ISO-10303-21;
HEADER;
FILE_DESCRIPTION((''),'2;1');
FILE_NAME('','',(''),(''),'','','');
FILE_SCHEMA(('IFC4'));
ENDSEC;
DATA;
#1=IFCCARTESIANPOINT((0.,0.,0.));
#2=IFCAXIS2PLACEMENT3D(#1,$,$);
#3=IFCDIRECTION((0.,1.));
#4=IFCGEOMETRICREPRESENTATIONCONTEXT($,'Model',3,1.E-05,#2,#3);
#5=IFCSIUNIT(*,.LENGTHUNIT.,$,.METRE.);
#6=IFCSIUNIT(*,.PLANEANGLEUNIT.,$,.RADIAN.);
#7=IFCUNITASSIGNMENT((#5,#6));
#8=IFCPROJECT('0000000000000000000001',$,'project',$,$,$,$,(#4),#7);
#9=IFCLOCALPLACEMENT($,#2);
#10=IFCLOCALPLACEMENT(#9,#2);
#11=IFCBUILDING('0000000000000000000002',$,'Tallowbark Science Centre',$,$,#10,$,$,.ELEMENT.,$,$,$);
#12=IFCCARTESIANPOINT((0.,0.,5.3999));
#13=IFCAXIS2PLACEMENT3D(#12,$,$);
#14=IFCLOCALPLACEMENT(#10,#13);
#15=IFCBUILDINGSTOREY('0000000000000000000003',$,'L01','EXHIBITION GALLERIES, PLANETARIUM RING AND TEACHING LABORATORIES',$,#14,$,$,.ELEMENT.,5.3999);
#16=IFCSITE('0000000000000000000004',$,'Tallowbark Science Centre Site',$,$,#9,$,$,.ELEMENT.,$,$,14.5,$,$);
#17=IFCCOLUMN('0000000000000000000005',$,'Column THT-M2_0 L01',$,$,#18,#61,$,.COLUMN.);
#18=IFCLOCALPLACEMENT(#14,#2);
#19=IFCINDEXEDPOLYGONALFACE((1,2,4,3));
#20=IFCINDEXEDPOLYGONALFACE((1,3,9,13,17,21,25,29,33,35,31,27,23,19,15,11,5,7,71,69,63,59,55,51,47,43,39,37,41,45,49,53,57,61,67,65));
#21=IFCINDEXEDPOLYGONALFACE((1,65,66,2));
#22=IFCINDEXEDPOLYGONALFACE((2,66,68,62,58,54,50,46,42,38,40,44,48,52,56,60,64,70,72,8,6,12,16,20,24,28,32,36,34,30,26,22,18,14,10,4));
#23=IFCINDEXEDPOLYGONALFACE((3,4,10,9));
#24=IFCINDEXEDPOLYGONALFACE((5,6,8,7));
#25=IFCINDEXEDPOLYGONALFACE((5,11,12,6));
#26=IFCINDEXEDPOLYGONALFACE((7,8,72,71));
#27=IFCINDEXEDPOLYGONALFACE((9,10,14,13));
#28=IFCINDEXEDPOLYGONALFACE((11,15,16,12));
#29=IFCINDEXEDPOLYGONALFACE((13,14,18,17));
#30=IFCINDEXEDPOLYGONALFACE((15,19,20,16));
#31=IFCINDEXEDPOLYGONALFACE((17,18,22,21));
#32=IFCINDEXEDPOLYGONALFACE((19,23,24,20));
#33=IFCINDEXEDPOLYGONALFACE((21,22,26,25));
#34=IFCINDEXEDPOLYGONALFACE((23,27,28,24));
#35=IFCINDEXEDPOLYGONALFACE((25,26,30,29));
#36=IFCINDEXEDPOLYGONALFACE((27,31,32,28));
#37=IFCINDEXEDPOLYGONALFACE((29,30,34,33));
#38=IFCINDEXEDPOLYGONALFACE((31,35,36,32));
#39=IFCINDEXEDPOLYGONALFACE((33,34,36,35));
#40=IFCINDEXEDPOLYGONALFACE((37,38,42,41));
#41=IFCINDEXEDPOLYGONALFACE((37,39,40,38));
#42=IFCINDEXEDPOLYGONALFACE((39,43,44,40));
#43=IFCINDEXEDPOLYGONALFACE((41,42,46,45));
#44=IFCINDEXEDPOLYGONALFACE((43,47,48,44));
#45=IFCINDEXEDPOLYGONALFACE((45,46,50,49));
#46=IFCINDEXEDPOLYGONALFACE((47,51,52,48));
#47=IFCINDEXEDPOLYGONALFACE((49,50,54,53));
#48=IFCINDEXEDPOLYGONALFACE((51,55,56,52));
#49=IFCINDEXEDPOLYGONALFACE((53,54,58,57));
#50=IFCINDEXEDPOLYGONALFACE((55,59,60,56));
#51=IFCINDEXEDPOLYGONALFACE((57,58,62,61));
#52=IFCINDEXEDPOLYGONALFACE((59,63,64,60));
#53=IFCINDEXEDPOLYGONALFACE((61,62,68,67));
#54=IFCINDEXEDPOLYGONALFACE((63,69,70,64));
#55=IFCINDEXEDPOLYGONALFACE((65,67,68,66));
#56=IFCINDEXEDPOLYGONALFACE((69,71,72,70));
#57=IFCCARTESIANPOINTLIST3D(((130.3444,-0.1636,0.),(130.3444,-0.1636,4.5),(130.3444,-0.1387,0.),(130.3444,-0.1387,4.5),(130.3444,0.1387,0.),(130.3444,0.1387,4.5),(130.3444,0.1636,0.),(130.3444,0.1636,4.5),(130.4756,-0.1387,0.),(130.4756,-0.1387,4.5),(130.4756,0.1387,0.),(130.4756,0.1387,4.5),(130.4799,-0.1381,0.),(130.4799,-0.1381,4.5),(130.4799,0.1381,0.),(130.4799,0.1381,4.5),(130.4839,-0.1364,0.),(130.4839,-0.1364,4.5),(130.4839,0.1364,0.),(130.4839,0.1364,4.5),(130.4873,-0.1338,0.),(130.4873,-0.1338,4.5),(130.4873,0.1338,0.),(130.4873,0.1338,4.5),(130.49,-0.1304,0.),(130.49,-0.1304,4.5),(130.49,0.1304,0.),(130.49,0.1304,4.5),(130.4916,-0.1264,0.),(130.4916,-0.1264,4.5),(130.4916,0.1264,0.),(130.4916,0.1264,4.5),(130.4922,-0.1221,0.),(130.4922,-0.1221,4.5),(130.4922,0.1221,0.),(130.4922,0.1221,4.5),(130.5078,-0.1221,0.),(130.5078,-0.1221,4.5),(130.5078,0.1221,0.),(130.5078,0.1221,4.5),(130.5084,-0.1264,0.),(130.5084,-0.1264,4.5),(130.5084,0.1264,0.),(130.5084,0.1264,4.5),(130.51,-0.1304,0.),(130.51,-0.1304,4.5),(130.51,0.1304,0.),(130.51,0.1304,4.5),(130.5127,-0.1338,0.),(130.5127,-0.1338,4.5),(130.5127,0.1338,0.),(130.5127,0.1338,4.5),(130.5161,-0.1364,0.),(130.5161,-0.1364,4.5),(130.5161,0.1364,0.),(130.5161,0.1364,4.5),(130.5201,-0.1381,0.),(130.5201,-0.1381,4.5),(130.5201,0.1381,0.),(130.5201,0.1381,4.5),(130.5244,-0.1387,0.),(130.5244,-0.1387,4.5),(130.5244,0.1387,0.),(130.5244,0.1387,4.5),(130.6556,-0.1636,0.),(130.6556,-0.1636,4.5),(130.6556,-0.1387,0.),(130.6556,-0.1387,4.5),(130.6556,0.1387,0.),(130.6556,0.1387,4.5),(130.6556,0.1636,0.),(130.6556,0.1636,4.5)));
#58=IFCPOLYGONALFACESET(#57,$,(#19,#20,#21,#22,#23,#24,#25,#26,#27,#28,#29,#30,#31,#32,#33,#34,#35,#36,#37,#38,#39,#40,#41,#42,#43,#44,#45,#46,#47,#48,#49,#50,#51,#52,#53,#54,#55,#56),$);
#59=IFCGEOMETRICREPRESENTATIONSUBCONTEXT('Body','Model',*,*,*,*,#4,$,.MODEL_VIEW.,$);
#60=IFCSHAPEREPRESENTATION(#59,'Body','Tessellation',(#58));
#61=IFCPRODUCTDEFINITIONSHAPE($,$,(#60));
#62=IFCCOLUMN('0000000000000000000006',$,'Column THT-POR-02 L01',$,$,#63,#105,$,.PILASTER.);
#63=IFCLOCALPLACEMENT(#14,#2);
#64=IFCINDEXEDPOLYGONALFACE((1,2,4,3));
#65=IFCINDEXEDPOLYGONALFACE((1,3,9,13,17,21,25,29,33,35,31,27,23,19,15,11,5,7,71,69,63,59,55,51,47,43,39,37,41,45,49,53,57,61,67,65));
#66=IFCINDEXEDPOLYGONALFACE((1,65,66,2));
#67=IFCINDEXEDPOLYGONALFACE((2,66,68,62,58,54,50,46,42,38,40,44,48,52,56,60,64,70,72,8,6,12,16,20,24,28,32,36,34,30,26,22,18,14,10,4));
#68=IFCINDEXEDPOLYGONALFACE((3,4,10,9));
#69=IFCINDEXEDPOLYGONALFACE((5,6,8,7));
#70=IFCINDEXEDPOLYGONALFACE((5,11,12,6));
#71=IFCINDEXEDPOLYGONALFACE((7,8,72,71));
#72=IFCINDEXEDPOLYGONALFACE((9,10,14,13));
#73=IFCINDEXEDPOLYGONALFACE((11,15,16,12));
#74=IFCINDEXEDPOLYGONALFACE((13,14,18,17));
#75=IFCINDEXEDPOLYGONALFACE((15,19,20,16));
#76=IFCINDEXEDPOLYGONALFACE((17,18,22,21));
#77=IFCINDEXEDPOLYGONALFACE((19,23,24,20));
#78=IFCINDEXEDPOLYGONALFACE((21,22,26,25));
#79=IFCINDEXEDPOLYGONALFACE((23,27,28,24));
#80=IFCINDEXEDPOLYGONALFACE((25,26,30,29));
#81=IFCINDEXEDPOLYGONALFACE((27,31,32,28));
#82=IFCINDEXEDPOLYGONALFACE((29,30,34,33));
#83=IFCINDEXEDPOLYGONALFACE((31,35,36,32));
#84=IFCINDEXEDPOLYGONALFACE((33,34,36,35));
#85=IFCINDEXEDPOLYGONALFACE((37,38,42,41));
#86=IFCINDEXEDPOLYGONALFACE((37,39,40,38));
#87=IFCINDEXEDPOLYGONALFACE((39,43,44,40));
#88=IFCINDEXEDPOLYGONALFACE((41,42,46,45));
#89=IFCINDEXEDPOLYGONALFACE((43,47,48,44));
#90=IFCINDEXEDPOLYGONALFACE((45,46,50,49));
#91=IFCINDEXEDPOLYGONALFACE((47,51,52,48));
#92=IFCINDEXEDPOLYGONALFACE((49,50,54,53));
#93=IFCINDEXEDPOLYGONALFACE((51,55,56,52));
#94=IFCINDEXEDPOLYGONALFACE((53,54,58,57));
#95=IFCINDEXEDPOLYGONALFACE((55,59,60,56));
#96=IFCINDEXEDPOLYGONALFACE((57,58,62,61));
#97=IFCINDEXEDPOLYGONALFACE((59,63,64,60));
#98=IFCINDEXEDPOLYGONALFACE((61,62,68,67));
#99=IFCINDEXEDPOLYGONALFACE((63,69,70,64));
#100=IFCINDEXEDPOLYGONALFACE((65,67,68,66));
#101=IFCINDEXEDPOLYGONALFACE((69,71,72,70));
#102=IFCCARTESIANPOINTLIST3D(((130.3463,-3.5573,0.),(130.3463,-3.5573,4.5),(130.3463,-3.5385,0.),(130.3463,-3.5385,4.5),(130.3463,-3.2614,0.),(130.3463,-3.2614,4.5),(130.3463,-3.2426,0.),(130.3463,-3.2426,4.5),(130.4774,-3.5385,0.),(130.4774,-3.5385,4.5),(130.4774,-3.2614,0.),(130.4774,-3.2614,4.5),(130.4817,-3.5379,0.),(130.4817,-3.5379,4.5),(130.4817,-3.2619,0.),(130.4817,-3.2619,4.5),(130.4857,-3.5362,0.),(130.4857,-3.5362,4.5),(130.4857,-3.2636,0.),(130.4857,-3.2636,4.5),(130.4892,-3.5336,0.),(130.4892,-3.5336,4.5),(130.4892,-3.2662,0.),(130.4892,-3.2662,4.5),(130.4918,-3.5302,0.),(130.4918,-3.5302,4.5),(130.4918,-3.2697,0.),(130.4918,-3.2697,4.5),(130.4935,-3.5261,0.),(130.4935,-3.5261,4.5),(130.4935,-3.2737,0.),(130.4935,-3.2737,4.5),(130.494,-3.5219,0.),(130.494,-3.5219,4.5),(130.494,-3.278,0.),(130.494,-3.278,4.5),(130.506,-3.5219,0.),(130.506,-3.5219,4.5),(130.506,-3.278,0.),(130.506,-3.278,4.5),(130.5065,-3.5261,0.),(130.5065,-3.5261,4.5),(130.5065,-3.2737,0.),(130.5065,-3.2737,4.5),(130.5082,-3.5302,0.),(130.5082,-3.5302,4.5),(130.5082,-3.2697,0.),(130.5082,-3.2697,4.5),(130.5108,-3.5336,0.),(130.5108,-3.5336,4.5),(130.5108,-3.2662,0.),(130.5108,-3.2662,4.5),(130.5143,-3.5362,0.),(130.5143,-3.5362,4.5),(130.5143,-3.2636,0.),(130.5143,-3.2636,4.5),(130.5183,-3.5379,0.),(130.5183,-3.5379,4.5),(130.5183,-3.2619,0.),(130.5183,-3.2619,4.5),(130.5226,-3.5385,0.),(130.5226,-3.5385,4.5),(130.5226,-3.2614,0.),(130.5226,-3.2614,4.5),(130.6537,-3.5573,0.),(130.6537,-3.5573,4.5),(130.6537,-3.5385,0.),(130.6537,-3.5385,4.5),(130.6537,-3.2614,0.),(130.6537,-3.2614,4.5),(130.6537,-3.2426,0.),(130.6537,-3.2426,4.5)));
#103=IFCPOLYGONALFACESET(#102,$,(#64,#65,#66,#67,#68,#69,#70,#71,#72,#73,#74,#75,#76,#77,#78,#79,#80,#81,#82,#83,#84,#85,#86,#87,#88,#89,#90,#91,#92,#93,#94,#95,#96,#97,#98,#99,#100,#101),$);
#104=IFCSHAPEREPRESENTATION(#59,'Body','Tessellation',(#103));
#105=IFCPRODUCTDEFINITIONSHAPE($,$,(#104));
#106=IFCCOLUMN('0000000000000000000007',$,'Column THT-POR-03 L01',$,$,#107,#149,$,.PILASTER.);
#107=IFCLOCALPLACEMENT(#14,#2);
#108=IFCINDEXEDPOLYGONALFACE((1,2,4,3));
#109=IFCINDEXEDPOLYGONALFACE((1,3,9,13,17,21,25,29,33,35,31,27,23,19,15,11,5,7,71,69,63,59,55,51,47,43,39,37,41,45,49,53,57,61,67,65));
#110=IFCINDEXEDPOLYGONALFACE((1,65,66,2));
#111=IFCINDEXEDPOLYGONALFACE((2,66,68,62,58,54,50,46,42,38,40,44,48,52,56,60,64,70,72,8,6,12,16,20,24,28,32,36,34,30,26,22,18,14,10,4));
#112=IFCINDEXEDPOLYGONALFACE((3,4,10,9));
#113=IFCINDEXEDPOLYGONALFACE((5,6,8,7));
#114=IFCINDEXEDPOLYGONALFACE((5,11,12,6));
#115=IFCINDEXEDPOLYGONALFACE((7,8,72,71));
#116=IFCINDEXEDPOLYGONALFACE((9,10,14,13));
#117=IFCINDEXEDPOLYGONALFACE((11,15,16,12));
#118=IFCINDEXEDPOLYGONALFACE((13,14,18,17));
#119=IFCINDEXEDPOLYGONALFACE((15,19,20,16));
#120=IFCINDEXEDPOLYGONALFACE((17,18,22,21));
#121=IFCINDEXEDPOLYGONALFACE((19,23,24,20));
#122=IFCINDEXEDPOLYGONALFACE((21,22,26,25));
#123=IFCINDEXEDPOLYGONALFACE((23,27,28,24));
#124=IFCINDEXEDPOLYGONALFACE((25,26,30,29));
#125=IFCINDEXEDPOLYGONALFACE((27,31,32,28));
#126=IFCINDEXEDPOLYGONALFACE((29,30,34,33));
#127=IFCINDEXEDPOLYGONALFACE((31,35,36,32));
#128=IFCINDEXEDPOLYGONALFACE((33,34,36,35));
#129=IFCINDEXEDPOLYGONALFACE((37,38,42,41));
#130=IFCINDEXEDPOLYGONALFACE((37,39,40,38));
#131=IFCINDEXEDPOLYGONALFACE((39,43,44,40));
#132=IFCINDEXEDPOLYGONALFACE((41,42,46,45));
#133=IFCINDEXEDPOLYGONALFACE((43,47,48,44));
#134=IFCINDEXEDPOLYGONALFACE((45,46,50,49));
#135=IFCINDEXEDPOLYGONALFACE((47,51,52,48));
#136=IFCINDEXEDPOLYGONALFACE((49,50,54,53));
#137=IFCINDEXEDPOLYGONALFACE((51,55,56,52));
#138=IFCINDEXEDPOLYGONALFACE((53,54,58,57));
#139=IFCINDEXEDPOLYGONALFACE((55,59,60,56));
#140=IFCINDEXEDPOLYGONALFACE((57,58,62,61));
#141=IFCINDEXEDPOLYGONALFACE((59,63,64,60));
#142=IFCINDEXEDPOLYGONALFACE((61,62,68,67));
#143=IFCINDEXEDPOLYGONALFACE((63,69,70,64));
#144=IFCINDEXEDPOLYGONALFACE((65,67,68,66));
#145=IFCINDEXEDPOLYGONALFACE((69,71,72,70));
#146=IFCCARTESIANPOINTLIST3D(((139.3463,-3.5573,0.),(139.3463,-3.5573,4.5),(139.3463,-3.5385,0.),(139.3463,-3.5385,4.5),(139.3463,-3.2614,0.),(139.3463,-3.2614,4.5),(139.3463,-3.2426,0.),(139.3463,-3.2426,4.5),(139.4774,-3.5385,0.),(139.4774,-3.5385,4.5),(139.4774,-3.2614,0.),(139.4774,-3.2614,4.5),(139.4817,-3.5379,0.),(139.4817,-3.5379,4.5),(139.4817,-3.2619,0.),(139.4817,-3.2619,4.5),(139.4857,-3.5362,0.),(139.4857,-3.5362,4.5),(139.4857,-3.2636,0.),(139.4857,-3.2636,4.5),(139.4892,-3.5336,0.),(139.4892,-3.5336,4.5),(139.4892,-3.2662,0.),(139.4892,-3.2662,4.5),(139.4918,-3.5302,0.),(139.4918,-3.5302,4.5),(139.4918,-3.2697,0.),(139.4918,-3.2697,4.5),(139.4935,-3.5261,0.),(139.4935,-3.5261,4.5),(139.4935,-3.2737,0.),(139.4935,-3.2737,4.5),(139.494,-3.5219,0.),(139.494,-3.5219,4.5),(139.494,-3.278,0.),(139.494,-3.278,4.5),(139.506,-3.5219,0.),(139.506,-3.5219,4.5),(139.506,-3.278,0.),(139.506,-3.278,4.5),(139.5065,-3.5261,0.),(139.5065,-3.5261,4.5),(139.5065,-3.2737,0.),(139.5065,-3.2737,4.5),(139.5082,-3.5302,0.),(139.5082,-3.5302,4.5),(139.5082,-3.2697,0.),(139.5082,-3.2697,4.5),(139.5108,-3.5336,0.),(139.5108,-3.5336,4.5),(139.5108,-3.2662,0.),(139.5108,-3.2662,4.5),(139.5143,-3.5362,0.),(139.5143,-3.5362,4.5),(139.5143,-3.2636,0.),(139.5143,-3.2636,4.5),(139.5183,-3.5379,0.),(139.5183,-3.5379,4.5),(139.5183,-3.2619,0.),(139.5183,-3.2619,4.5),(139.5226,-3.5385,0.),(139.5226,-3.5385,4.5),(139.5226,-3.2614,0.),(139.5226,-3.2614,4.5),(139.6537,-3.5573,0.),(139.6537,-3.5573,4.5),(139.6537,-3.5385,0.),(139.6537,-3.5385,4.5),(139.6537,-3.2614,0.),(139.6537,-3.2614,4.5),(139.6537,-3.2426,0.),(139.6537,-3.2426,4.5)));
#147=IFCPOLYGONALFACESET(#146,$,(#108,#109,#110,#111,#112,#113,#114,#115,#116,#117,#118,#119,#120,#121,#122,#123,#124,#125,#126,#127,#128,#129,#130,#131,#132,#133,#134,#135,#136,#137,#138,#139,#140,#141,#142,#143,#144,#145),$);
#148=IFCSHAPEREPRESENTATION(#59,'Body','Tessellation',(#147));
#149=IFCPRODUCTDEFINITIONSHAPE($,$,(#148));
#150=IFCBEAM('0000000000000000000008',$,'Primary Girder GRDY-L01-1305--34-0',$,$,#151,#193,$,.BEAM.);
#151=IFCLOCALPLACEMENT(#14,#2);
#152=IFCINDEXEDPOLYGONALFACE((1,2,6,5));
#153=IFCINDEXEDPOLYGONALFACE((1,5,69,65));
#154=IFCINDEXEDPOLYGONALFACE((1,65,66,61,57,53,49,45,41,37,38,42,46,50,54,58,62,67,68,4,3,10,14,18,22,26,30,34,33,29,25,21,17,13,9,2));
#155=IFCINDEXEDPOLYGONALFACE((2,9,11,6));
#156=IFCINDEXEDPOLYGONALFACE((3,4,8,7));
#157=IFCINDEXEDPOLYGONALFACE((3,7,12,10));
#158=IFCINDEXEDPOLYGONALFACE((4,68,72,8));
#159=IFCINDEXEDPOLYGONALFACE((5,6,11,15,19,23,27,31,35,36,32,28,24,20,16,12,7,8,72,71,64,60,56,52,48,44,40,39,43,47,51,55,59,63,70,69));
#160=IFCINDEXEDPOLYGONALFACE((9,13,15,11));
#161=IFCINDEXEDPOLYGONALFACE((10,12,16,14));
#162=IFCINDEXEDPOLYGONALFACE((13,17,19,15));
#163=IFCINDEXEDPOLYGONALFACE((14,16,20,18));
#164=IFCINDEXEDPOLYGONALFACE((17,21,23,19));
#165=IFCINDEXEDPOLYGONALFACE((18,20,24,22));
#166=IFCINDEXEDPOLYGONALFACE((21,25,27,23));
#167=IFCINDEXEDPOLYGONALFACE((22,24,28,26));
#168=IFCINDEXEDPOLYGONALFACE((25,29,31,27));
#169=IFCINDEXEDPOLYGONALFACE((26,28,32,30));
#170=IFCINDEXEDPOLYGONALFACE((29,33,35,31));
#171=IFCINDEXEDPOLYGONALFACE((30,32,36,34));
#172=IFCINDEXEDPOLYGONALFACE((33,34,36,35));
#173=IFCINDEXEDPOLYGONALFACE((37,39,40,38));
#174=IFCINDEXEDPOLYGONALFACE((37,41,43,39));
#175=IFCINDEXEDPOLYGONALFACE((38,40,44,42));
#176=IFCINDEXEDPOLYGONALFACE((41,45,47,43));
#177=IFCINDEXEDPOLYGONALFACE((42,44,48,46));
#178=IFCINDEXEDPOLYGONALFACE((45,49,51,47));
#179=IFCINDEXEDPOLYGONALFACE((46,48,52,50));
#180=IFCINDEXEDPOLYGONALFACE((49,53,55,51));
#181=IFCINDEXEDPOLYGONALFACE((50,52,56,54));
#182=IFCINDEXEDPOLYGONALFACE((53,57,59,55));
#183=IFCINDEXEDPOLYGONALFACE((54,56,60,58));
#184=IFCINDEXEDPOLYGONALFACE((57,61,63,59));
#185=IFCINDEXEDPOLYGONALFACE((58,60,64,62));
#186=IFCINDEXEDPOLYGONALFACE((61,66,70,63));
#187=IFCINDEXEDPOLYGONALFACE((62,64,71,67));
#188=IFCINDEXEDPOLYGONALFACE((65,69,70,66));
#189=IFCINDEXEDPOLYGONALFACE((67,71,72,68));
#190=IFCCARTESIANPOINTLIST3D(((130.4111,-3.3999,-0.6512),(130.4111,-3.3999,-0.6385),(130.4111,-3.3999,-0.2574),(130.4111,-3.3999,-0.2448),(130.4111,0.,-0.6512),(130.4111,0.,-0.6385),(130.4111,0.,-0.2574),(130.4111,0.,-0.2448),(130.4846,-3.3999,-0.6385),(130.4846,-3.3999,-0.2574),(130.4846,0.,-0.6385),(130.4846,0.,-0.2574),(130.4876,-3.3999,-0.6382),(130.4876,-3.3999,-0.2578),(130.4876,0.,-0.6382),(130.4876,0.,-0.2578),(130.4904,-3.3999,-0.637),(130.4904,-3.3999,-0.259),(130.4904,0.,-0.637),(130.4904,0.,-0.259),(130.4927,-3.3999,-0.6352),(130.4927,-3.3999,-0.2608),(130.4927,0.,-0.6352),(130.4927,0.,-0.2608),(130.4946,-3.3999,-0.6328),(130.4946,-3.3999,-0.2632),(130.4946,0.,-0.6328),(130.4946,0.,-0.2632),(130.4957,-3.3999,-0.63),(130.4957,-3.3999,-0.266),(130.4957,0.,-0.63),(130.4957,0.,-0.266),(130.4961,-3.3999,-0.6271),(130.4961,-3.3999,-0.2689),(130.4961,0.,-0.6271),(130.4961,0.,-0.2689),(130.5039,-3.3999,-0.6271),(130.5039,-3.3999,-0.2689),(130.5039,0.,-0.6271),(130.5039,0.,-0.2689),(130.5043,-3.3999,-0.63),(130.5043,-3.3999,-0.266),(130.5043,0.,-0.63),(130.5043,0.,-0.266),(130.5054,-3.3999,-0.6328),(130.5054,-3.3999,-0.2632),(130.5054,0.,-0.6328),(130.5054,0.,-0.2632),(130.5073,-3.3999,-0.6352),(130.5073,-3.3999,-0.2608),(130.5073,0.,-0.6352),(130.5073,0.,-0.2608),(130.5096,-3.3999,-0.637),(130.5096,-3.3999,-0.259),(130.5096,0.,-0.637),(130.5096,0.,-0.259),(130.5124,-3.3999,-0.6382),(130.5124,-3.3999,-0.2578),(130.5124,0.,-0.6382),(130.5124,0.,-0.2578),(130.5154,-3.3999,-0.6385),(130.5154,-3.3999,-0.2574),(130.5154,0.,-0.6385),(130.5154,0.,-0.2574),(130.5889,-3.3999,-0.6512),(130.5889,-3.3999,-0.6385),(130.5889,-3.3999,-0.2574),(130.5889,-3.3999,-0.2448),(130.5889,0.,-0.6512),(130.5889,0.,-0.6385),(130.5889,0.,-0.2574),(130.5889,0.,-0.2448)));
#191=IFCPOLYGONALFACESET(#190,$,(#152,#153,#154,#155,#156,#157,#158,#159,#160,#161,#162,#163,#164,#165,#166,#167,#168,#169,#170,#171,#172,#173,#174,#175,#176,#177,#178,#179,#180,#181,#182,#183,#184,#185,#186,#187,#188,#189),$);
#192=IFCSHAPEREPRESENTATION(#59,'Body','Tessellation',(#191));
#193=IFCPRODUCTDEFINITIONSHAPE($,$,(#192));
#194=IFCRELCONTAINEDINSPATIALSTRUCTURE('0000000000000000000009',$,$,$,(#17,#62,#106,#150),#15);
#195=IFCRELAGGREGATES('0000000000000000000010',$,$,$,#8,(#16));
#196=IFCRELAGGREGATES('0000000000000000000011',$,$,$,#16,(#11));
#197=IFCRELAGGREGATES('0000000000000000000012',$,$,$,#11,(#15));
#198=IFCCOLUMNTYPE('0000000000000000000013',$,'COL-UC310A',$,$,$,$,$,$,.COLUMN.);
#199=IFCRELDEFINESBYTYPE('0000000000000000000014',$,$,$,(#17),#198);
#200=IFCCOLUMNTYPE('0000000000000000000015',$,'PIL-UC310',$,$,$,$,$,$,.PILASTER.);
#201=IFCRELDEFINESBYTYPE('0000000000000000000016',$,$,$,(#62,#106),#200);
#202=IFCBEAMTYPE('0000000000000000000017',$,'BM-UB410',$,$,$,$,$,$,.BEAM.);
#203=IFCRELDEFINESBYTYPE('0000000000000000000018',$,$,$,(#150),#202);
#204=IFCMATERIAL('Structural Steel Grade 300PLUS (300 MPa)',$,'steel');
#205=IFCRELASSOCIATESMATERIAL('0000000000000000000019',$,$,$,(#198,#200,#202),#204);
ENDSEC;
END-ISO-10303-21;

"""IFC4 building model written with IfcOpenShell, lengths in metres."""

from ifc_helpers import new_model, si_unit, direction, frame, origin, origin_2d, place, context, subcontext, project, spatial, i_section, extrude, material, material_profile, profile_set, type_object, element, save


model = new_model("IFC4")

# Units and contexts
model_context = context("Model", 3, precision=1e-05, world=origin(), true_north=direction((0.0, 1.0)))
body_context = subcontext(model_context, "Body", "Model", "MODEL_VIEW")
ifc_project = project(units=[si_unit("LENGTHUNIT", "METRE"), si_unit("PLANEANGLEUNIT", "RADIAN")], contexts=[model_context])

# Site, building, storey
site_placement = place(None, origin())
site = spatial("IfcSite", under=ifc_project, at=site_placement, Name="Tallowbark Science Centre Site", CompositionType="ELEMENT", RefElevation=14.5)
building_placement = place(site_placement, origin())
building = spatial("IfcBuilding", under=site, at=building_placement, Name="Tallowbark Science Centre", CompositionType="ELEMENT")
storey_placement = place(building_placement, frame((0.0, 0.0, 5.3999)))
storey = spatial("IfcBuildingStorey", under=building, at=storey_placement, Name="L01", Description="EXHIBITION GALLERIES, PLANETARIUM RING AND TEACHING LABORATORIES", CompositionType="ELEMENT", Elevation=5.3999)

# Columns
ifc_material_1 = material(Name="Structural Steel Grade 300PLUS (300 MPa)", Category="steel")
ifc_material_profile_1 = material_profile(ifc_material_1, i_section(OverallWidth=0.3113, OverallDepth=0.3271, WebThickness=0.0156, FlangeThickness=0.0249, FilletRadius=0.0166, at=origin_2d()), Name="310UC158")
ifc_profile_set_1 = profile_set([ifc_material_profile_1], Name="Structural Steel Grade 300PLUS (300 MPa)")
column_type_1 = type_object("IfcColumnType", Name="COL-UC310A", PredefinedType="COLUMN", material=ifc_profile_set_1)
column_placement = place(storey_placement, frame((130.5, 0.0, 0.0), z_axis=(0.0, 0.0, 1.0), x_axis=(1.0, 0.0, 0.0)))
element("IfcColumn", 1, at=column_placement, inside=storey, type_object=column_type_1, Name="Column THT-M2_0 L01", PredefinedType="COLUMN", context=body_context, shape_type="SweptSolid", body=[
    extrude(i_section(OverallWidth=0.3113, OverallDepth=0.3271, WebThickness=0.0156, FlangeThickness=0.0249, FilletRadius=0.0166, at=origin_2d()), origin(), (0.0, 0.0, 1.0), 4.5),
])
ifc_material_profile_2 = material_profile(ifc_material_1, i_section(OverallWidth=0.3074, OverallDepth=0.3147, WebThickness=0.012, FlangeThickness=0.0188, FilletRadius=0.0166, at=origin_2d()), Name="310UC118")
ifc_profile_set_2 = profile_set([ifc_material_profile_2], Name="Structural Steel Grade 300PLUS (300 MPa)")
column_type_2 = type_object("IfcColumnType", Name="PIL-UC310", PredefinedType="PILASTER", material=ifc_profile_set_2)
for number, where, z_axis, x_axis, name in (
    (2, (130.5, -3.3999, 0.0), (0.0, 0.0, 1.0), (1.0, 0.0, 0.0), "Column THT-POR-02 L01"),
    (3, (139.5, -3.3999, 0.0), (0.0, 0.0, 1.0), (1.0, 0.0, 0.0), "Column THT-POR-03 L01"),
):
    element("IfcColumn", number, at=place(storey_placement, frame(where, z_axis=z_axis, x_axis=x_axis)), inside=storey, type_object=column_type_2, Name=name, PredefinedType="PILASTER", context=body_context, shape_type="SweptSolid", body=[
        extrude(i_section(OverallWidth=0.3074, OverallDepth=0.3147, WebThickness=0.012, FlangeThickness=0.0188, FilletRadius=0.0166, at=origin_2d()), origin(), (0.0, 0.0, 1.0), 4.5),
    ])

# Beam
ifc_material_profile_3 = material_profile(ifc_material_1, i_section(OverallWidth=0.1777, OverallDepth=0.4065, WebThickness=0.0078, FlangeThickness=0.0127, FilletRadius=0.0115, at=origin_2d()), Name="410UB59.7")
ifc_profile_set_3 = profile_set([ifc_material_profile_3], Name="Structural Steel Grade 300PLUS (300 MPa)")
beam_type_1 = type_object("IfcBeamType", Name="BM-UB410", PredefinedType="BEAM", material=ifc_profile_set_3)
for number, where, z_axis, x_axis, name in (
    (4, (130.5, -3.3999, -0.448), (0.0, 1.0, 0.0), (-1.0, 0.0, 0.0), "Primary Girder GRDY-L01-1305--34-0"),
):
    element("IfcBeam", number, at=place(storey_placement, frame(where, z_axis=z_axis, x_axis=x_axis)), inside=storey, type_object=beam_type_1, Name=name, PredefinedType="BEAM", context=body_context, shape_type="SweptSolid", body=[
        extrude(i_section(OverallWidth=0.1777, OverallDepth=0.4065, WebThickness=0.0078, FlangeThickness=0.0127, FilletRadius=0.0115, at=origin_2d()), origin(), (0.0, 0.0, 1.0), 3.3999),
    ])

save(model, "model.ifc")
